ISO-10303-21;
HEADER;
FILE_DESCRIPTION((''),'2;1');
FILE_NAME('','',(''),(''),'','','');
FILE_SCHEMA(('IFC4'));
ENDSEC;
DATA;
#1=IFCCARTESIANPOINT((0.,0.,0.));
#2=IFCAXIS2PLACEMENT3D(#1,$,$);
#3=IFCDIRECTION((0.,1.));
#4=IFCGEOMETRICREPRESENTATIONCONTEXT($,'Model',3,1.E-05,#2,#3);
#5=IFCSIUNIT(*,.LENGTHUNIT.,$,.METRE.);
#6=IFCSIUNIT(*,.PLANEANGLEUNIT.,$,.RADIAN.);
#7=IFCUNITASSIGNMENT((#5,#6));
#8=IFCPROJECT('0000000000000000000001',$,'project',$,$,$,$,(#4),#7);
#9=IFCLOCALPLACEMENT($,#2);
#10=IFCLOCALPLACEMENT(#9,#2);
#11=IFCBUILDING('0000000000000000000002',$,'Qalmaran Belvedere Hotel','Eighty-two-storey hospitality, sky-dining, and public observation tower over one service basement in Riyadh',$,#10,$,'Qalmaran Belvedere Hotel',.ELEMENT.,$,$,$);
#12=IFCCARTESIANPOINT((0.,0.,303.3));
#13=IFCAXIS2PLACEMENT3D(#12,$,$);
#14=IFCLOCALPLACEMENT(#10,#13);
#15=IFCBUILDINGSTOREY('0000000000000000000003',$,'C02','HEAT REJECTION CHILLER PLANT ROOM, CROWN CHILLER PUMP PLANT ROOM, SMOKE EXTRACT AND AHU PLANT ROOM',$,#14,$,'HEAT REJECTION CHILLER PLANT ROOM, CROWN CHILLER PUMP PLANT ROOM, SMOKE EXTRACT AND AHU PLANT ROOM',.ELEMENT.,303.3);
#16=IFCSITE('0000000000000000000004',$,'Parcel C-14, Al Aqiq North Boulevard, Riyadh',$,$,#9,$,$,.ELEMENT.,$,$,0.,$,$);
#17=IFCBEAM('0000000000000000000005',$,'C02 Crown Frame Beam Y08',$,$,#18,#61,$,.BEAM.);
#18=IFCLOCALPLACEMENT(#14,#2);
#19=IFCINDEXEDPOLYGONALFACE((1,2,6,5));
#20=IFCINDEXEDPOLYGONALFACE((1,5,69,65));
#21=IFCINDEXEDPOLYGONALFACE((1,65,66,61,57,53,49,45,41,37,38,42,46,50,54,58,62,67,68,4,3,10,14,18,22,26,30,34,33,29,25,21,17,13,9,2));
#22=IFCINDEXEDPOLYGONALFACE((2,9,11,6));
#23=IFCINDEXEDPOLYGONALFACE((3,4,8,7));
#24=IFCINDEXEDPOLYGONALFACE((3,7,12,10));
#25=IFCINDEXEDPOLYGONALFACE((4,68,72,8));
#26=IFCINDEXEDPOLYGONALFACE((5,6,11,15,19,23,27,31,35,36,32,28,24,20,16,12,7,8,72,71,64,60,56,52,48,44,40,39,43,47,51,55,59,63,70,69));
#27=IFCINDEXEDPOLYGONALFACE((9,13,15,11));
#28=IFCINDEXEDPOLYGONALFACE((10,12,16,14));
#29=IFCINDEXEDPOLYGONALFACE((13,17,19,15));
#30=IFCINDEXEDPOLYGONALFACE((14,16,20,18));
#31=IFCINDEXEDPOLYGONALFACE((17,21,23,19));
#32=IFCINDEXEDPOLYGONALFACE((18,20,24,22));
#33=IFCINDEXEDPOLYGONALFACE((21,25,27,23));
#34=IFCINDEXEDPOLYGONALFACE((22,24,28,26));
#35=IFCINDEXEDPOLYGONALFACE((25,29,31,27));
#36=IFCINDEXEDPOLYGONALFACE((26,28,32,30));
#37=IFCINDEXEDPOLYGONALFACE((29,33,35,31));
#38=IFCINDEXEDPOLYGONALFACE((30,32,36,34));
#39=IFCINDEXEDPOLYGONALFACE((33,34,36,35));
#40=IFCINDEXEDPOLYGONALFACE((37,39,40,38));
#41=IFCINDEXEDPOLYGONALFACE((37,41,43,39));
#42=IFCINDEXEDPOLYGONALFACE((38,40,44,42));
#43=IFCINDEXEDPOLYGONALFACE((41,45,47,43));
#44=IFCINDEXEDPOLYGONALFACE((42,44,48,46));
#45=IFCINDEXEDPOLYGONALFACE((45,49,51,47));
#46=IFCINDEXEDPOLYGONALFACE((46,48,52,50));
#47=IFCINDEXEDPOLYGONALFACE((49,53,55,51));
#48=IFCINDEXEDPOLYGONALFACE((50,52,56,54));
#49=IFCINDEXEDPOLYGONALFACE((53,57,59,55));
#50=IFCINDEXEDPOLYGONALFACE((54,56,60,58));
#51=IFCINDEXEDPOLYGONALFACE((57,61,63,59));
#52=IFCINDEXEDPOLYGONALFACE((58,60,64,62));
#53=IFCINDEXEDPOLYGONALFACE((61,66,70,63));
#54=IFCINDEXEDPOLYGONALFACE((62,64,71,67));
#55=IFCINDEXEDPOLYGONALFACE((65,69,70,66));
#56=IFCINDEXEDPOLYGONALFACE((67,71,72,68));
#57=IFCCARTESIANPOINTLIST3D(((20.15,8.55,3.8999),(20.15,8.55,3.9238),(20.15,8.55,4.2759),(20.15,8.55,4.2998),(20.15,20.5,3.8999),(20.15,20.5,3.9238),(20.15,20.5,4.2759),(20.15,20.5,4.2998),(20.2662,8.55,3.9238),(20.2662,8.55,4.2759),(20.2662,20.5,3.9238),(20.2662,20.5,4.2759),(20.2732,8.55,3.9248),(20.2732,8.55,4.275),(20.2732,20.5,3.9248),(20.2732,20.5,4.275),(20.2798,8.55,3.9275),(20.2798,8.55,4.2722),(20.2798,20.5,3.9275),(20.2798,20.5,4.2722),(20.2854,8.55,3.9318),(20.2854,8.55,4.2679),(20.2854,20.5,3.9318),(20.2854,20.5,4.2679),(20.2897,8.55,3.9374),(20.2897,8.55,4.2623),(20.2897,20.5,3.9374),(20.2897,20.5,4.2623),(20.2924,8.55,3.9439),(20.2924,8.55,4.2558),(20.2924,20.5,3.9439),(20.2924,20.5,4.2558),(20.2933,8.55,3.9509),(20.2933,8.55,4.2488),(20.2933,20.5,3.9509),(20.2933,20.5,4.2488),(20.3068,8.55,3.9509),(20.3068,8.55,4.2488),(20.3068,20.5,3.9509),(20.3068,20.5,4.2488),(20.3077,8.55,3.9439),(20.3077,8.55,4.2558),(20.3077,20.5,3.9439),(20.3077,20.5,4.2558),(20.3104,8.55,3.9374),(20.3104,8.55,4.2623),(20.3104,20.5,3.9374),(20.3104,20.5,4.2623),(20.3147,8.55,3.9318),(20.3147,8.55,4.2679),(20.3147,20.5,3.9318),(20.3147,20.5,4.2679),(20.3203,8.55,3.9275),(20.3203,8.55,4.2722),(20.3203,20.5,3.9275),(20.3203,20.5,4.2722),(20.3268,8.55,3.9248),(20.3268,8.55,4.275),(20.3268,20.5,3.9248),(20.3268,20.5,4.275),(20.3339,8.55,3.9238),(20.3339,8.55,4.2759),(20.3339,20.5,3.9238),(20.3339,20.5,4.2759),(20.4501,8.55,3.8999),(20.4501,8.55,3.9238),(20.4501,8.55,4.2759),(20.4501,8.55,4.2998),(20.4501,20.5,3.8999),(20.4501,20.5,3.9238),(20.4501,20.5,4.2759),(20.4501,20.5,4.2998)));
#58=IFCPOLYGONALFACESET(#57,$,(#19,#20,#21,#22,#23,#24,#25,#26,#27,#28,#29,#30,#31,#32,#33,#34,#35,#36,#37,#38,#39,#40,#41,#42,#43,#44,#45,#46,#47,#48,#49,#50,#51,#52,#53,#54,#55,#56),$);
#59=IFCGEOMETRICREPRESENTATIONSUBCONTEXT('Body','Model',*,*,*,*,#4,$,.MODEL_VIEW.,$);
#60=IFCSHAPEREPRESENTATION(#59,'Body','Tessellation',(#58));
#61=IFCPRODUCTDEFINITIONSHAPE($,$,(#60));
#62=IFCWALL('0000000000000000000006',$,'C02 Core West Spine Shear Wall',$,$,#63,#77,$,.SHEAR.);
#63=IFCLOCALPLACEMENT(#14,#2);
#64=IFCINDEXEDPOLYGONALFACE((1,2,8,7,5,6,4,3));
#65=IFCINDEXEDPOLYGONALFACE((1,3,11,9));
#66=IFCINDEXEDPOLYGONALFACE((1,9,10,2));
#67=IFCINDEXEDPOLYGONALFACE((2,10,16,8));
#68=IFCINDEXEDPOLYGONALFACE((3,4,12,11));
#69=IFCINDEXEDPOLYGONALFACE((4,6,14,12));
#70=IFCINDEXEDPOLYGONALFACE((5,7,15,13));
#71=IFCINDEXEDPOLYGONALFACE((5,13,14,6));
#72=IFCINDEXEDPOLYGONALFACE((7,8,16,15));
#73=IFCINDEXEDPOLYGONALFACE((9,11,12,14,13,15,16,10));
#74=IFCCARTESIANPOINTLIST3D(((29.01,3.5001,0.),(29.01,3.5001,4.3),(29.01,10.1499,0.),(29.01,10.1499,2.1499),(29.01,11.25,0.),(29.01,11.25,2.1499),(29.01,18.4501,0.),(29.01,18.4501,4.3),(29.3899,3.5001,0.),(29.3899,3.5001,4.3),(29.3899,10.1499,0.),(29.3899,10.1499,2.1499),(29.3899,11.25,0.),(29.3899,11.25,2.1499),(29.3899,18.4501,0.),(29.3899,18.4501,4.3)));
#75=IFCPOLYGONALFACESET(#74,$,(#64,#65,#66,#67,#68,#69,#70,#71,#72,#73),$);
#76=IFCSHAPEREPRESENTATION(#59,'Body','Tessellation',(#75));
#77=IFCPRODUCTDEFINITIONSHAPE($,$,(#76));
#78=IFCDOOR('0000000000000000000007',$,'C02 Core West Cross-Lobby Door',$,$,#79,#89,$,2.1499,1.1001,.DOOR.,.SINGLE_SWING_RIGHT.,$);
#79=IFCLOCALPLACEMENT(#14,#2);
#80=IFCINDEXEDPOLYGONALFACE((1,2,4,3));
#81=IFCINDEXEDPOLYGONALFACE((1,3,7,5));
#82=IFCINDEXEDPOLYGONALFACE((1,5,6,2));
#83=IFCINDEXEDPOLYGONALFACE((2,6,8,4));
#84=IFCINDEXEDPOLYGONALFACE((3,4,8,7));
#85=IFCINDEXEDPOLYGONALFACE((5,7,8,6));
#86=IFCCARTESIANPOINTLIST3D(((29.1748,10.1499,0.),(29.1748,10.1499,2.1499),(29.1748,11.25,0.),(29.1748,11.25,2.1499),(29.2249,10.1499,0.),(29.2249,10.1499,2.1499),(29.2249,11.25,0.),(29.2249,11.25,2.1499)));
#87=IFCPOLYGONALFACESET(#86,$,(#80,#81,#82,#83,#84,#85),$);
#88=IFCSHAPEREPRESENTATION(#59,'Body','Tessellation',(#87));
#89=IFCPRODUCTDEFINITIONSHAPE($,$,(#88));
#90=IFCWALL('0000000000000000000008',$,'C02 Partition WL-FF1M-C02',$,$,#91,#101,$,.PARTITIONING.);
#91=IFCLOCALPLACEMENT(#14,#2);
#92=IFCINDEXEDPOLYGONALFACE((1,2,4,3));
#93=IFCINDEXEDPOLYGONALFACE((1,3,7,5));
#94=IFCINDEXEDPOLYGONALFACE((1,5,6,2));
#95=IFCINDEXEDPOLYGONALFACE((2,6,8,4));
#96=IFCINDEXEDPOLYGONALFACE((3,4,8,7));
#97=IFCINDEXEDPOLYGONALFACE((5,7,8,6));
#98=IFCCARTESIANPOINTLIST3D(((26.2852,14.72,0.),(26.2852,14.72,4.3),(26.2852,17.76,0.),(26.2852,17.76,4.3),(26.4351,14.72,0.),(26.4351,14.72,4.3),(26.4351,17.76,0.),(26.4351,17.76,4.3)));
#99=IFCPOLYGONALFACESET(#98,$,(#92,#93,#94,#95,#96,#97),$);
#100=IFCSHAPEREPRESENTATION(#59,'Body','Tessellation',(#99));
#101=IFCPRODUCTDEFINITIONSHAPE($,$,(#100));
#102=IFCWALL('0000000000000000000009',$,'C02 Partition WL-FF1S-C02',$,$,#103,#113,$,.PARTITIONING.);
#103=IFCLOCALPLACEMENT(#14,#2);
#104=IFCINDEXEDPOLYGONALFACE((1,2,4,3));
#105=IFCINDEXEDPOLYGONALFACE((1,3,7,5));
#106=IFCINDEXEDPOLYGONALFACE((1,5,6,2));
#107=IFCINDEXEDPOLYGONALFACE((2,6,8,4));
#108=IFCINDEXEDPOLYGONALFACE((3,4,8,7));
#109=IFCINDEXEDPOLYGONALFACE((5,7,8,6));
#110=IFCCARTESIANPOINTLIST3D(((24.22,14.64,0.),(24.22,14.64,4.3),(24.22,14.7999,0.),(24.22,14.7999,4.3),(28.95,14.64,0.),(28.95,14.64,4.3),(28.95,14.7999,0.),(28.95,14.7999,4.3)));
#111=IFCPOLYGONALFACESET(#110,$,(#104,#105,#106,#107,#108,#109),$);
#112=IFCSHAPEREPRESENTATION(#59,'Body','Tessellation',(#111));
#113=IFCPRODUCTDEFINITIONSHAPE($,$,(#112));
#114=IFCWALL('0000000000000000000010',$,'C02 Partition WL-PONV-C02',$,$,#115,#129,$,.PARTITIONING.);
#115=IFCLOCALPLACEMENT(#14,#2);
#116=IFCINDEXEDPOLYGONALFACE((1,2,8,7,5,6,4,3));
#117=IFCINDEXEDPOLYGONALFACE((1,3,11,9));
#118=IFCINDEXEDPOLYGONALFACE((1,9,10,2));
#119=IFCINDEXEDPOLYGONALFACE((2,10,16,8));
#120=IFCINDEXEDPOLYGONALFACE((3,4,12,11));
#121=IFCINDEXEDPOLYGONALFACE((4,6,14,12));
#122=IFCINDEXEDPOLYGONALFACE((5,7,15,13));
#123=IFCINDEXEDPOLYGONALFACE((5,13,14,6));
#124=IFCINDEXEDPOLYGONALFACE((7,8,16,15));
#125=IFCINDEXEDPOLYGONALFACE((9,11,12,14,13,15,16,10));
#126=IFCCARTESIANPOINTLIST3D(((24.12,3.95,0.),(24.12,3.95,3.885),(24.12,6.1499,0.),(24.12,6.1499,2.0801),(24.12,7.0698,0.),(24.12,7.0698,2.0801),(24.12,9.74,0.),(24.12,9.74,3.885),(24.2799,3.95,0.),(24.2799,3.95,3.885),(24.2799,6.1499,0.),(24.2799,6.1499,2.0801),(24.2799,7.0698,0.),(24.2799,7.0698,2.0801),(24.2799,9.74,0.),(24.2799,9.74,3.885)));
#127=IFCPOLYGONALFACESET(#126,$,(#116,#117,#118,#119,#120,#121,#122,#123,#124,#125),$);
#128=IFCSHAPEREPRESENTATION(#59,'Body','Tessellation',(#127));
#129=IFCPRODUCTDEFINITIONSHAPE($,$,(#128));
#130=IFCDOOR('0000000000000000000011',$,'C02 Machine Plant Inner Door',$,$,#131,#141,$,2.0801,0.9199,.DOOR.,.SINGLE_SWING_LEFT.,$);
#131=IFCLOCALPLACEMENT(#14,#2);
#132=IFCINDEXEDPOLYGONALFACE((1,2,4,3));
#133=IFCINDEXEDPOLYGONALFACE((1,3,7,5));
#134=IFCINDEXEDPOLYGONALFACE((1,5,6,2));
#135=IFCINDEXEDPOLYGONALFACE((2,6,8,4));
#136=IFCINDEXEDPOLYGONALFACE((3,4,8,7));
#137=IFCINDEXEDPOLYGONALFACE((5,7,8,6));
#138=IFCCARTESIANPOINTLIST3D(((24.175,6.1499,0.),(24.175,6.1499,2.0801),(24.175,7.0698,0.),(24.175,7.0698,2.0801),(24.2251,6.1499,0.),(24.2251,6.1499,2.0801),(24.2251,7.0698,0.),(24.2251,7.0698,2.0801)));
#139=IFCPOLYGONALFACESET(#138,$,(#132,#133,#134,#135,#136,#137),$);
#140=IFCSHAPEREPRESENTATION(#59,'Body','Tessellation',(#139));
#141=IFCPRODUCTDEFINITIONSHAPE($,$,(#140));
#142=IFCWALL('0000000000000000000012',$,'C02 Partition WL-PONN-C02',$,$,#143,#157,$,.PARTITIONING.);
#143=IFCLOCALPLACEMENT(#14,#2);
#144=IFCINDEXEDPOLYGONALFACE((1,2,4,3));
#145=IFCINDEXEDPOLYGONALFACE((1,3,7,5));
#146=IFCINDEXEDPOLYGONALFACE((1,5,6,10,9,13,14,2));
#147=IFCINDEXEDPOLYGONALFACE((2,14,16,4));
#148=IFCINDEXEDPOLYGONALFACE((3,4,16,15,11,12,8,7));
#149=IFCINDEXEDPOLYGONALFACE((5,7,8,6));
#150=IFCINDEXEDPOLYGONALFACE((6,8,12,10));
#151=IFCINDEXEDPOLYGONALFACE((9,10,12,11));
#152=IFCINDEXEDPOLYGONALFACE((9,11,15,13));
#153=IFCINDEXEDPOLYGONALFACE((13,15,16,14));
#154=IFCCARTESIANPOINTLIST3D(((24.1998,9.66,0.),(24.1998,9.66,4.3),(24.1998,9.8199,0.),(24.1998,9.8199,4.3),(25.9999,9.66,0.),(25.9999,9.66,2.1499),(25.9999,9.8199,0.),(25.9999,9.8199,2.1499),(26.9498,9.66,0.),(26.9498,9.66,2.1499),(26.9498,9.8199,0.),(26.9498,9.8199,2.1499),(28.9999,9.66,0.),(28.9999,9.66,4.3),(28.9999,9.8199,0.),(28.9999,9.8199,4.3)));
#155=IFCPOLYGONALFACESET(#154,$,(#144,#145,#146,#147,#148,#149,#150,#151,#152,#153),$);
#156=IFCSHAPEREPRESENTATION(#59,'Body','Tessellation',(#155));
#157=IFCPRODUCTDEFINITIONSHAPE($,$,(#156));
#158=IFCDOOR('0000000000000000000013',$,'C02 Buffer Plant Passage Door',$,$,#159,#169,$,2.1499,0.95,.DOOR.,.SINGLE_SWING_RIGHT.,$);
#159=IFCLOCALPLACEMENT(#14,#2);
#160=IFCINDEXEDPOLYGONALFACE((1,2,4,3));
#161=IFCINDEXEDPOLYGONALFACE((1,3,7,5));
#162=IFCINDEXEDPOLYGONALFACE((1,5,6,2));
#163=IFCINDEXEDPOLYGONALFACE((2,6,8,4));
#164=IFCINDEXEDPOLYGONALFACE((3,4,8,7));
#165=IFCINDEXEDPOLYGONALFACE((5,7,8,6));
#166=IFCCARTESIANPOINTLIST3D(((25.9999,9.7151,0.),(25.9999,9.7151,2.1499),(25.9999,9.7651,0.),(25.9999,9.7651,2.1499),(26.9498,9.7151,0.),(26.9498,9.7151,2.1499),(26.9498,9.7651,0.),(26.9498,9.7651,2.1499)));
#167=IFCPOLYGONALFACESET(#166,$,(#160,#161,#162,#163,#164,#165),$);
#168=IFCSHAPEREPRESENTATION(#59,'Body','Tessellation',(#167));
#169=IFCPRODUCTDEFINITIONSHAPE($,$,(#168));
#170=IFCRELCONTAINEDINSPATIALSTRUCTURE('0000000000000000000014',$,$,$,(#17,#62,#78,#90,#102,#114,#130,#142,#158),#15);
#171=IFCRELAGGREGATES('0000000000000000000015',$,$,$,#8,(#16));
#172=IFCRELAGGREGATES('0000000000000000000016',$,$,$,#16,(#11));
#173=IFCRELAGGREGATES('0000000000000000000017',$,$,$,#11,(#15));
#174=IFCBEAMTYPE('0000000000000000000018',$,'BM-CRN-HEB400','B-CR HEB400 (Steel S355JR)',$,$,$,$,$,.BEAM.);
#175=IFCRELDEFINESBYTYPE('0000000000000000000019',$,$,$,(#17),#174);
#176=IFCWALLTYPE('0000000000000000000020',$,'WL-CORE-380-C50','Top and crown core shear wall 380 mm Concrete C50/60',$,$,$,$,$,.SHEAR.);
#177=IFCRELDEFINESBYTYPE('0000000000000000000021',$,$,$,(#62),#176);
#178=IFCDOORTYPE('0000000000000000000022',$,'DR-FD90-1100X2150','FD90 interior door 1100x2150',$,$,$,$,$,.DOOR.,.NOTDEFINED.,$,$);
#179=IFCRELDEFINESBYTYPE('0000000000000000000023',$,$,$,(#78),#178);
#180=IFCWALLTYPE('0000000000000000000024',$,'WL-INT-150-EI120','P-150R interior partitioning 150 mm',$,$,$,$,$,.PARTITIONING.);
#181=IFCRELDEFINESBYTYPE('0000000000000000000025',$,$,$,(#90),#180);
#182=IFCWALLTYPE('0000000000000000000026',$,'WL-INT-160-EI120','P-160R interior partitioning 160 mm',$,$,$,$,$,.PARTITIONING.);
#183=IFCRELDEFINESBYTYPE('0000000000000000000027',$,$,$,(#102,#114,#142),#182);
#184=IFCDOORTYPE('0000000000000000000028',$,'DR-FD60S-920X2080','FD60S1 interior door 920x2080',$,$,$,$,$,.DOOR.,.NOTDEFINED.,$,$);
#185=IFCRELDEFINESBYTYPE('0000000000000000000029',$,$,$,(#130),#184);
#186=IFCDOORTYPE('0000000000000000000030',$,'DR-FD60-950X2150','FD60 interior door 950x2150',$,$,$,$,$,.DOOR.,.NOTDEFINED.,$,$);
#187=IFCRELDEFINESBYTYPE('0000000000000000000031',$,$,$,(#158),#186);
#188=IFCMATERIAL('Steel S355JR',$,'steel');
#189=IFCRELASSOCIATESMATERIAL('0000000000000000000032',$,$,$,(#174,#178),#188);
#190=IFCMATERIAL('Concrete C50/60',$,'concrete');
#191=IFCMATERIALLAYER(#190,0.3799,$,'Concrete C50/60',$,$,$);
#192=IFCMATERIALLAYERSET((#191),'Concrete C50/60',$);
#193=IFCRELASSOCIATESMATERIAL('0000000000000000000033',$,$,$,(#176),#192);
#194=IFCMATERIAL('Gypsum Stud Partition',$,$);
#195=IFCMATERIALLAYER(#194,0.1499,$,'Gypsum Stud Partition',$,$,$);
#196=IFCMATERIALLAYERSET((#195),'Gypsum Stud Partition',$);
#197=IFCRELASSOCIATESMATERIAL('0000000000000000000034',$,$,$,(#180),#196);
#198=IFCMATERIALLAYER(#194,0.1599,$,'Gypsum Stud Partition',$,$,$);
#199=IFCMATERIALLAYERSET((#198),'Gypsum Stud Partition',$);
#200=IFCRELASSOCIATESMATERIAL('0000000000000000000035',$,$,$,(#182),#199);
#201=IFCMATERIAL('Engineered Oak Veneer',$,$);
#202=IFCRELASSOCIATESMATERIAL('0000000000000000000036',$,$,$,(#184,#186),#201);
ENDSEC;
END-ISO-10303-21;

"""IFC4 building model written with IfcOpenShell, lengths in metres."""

from ifc_helpers import new_model, si_unit, direction, frame, frame_2d, origin, origin_2d, place, context, subcontext, project, spatial, rectangle, i_section, extrude, material, layer, layer_set, material_profile, profile_set, type_object, element, fill, save


model = new_model("IFC4")

# Units and contexts
model_context = context("Model", 3, precision=1e-05, world=origin(), true_north=direction((0.0, 1.0)))
body_context = subcontext(model_context, "Body", "Model", "MODEL_VIEW")
ifc_project = project(units=[si_unit("LENGTHUNIT", "METRE"), si_unit("PLANEANGLEUNIT", "RADIAN")], contexts=[model_context])

# Site, building, storey
site_placement = place(None, origin())
site = spatial("IfcSite", under=ifc_project, at=site_placement, Name="Parcel C-14, Al Aqiq North Boulevard, Riyadh", CompositionType="ELEMENT", RefElevation=0.0)
building_placement = place(site_placement, origin())
building = spatial("IfcBuilding", under=site, at=building_placement, Name="Qalmaran Belvedere Hotel", Description="Eighty-two-storey hospitality, sky-dining, and public observation tower over one service basement in Riyadh", LongName="Qalmaran Belvedere Hotel", CompositionType="ELEMENT")
storey_placement = place(building_placement, frame((0.0, 0.0, 303.3)))
storey = spatial("IfcBuildingStorey", under=building, at=storey_placement, Name="C02", Description="HEAT REJECTION CHILLER PLANT ROOM, CROWN CHILLER PUMP PLANT ROOM, SMOKE EXTRACT AND AHU PLANT ROOM", LongName="HEAT REJECTION CHILLER PLANT ROOM, CROWN CHILLER PUMP PLANT ROOM, SMOKE EXTRACT AND AHU PLANT ROOM", CompositionType="ELEMENT", Elevation=303.3)

# Beam
ifc_material_1 = material(Name="Steel S355JR", Category="steel")
ifc_material_profile = material_profile(ifc_material_1, i_section(OverallWidth=0.3, OverallDepth=0.3999, WebThickness=0.0134, FlangeThickness=0.0239, FilletRadius=0.0271, at=origin_2d()), Name="HEB400")
ifc_profile_set = profile_set([ifc_material_profile], Name="Steel S355JR")
beam_type = type_object("IfcBeamType", Name="BM-CRN-HEB400", Description="B-CR HEB400 (Steel S355JR)", PredefinedType="BEAM", material=ifc_profile_set)
beam_placement = place(storey_placement, frame((20.3, 8.55, 4.0999), z_axis=(0.0, 1.0, 0.0), x_axis=(-1.0, 0.0, 0.0)))
element("IfcBeam", 1, at=beam_placement, inside=storey, type_object=beam_type, Name="C02 Crown Frame Beam Y08", PredefinedType="BEAM", context=body_context, shape_type="SweptSolid", body=[
    extrude(i_section(OverallWidth=0.3, OverallDepth=0.3999, WebThickness=0.0134, FlangeThickness=0.0239, FilletRadius=0.0271, at=origin_2d()), origin(), (0.0, 0.0, 1.0), 11.95),
])

# Wall, opening, door
ifc_material_2 = material(Name="Concrete C50/60", Category="concrete")
ifc_layer_1 = layer(ifc_material_2, 0.3799, Name="Concrete C50/60")
ifc_layer_set_1 = layer_set([ifc_layer_1], Name="Concrete C50/60")
wall_type_1 = type_object("IfcWallType", Name="WL-CORE-380-C50", Description="Top and crown core shear wall 380 mm Concrete C50/60", PredefinedType="SHEAR", material=ifc_layer_set_1)
wall_1_placement = place(storey_placement, frame((29.2, 3.5, 0.0), z_axis=(0.0, 0.0, 1.0), x_axis=(0.0, 1.0, 0.0)))
wall_1 = element("IfcWall", 2, at=wall_1_placement, inside=storey, type_object=wall_type_1, Name="C02 Core West Spine Shear Wall", PredefinedType="SHEAR", context=body_context, shape_type="SweptSolid", body=[
    extrude(rectangle(XDim=14.95, YDim=0.3799, at=frame_2d((7.4751, 0.0))), origin(), (0.0, 0.0, 1.0), 4.3),
])
opening_1_placement = place(wall_1_placement, frame((7.75, 0.0, 0.0), z_axis=(0.0, 0.0, 1.0), x_axis=(-1.0, 0.0, 0.0)))
opening_1 = element("IfcOpeningElement", 3, at=opening_1_placement, cuts=wall_1, PredefinedType="OPENING", context=body_context, shape_type="SweptSolid", body=[
    extrude(rectangle(XDim=1.1001, YDim=2.1499, at=frame_2d((0.55, 1.075))), frame((0.0, 0.2, 0.0), z_axis=(0.0, -1.0, 0.0), x_axis=(1.0, 0.0, 0.0)), (0.0, 0.0, 1.0), 0.3999),
])
door_type_1 = type_object("IfcDoorType", Name="DR-FD90-1100X2150", Description="FD90 interior door 1100x2150", OperationType="NOTDEFINED", PredefinedType="DOOR", material=ifc_material_1)
door_1_placement = place(opening_1_placement, origin())
door_1 = element("IfcDoor", 4, at=door_1_placement, inside=storey, type_object=door_type_1, Name="C02 Core West Cross-Lobby Door", OperationType="SINGLE_SWING_RIGHT", OverallHeight=2.1499, OverallWidth=1.1001, PredefinedType="DOOR", context=body_context, shape_type="SweptSolid", body=[
    extrude(rectangle(XDim=1.1001, YDim=2.1499, at=frame_2d((0.55, 1.075))), frame((0.0, 0.0249, 0.0), z_axis=(0.0, -1.0, 0.0), x_axis=(1.0, 0.0, 0.0)), (0.0, 0.0, 1.0), 0.05),
])
fill(opening_1, door_1)

# Walls
ifc_material_3 = material(Name="Gypsum Stud Partition")
ifc_layer_2 = layer(ifc_material_3, 0.1499, Name="Gypsum Stud Partition")
ifc_layer_set_2 = layer_set([ifc_layer_2], Name="Gypsum Stud Partition")
wall_type_2 = type_object("IfcWallType", Name="WL-INT-150-EI120", Description="P-150R interior partitioning 150 mm", PredefinedType="PARTITIONING", material=ifc_layer_set_2)
wall_2_placement = place(storey_placement, frame((26.3601, 14.72, 0.0), z_axis=(0.0, 0.0, 1.0), x_axis=(0.0, 1.0, 0.0)))
element("IfcWall", 5, at=wall_2_placement, inside=storey, type_object=wall_type_2, Name="C02 Partition WL-FF1M-C02", PredefinedType="PARTITIONING", context=body_context, shape_type="SweptSolid", body=[
    extrude(rectangle(XDim=3.04, YDim=0.1499, at=frame_2d((1.52, 0.0))), origin(), (0.0, 0.0, 1.0), 4.3),
])
ifc_layer_3 = layer(ifc_material_3, 0.1599, Name="Gypsum Stud Partition")
ifc_layer_set_3 = layer_set([ifc_layer_3], Name="Gypsum Stud Partition")
wall_type_3 = type_object("IfcWallType", Name="WL-INT-160-EI120", Description="P-160R interior partitioning 160 mm", PredefinedType="PARTITIONING", material=ifc_layer_set_3)
wall_3_placement = place(storey_placement, frame((24.22, 14.72, 0.0), z_axis=(0.0, 0.0, 1.0), x_axis=(1.0, 0.0, 0.0)))
element("IfcWall", 6, at=wall_3_placement, inside=storey, type_object=wall_type_3, Name="C02 Partition WL-FF1S-C02", PredefinedType="PARTITIONING", context=body_context, shape_type="SweptSolid", body=[
    extrude(rectangle(XDim=4.73, YDim=0.1599, at=frame_2d((2.365, 0.0))), origin(), (0.0, 0.0, 1.0), 4.3),
])

# Walls, openings, doors
wall_4_placement = place(storey_placement, frame((24.2, 3.95, 0.0), z_axis=(0.0, 0.0, 1.0), x_axis=(0.0, 1.0, 0.0)))
wall_4 = element("IfcWall", 7, at=wall_4_placement, inside=storey, type_object=wall_type_3, Name="C02 Partition WL-PONV-C02", PredefinedType="PARTITIONING", context=body_context, shape_type="SweptSolid", body=[
    extrude(rectangle(XDim=5.79, YDim=0.1599, at=frame_2d((2.895, 0.0))), origin(), (0.0, 0.0, 1.0), 3.885),
])
opening_2_placement = place(wall_4_placement, frame((2.2, 0.0, 0.0)))
opening_2 = element("IfcOpeningElement", 8, at=opening_2_placement, cuts=wall_4, PredefinedType="OPENING", context=body_context, shape_type="SweptSolid", body=[
    extrude(rectangle(XDim=0.9199, YDim=2.0801, at=frame_2d((0.46, 1.04))), frame((0.0, 0.0898, 0.0), z_axis=(0.0, -1.0, 0.0), x_axis=(1.0, 0.0, 0.0)), (0.0, 0.0, 1.0), 0.1799),
])
ifc_material_4 = material(Name="Engineered Oak Veneer")
door_type_2 = type_object("IfcDoorType", Name="DR-FD60S-920X2080", Description="FD60S1 interior door 920x2080", OperationType="NOTDEFINED", PredefinedType="DOOR", material=ifc_material_4)
door_2_placement = place(opening_2_placement, origin())
door_2 = element("IfcDoor", 9, at=door_2_placement, inside=storey, type_object=door_type_2, Name="C02 Machine Plant Inner Door", OperationType="SINGLE_SWING_LEFT", OverallHeight=2.0801, OverallWidth=0.9199, PredefinedType="DOOR", context=body_context, shape_type="SweptSolid", body=[
    extrude(rectangle(XDim=0.9199, YDim=2.0801, at=frame_2d((0.46, 1.04))), frame((0.0, 0.0249, 0.0), z_axis=(0.0, -1.0, 0.0), x_axis=(1.0, 0.0, 0.0)), (0.0, 0.0, 1.0), 0.05),
])
fill(opening_2, door_2)
wall_5_placement = place(storey_placement, frame((24.2, 9.74, 0.0), z_axis=(0.0, 0.0, 1.0), x_axis=(1.0, 0.0, 0.0)))
wall_5 = element("IfcWall", 10, at=wall_5_placement, inside=storey, type_object=wall_type_3, Name="C02 Partition WL-PONN-C02", PredefinedType="PARTITIONING", context=body_context, shape_type="SweptSolid", body=[
    extrude(rectangle(XDim=4.8, YDim=0.1599, at=frame_2d((2.3999, 0.0))), origin(), (0.0, 0.0, 1.0), 4.3),
])
opening_3_placement = place(wall_5_placement, frame((2.75, 0.0, 0.0), z_axis=(0.0, 0.0, 1.0), x_axis=(-1.0, 0.0, 0.0)))
opening_3 = element("IfcOpeningElement", 11, at=opening_3_placement, cuts=wall_5, PredefinedType="OPENING", context=body_context, shape_type="SweptSolid", body=[
    extrude(rectangle(XDim=0.95, YDim=2.1499, at=frame_2d((0.4751, 1.075))), frame((0.0, 0.0898, 0.0), z_axis=(0.0, -1.0, 0.0), x_axis=(1.0, 0.0, 0.0)), (0.0, 0.0, 1.0), 0.1799),
])
door_type_3 = type_object("IfcDoorType", Name="DR-FD60-950X2150", Description="FD60 interior door 950x2150", OperationType="NOTDEFINED", PredefinedType="DOOR", material=ifc_material_4)
door_3_placement = place(opening_3_placement, origin())
door_3 = element("IfcDoor", 12, at=door_3_placement, inside=storey, type_object=door_type_3, Name="C02 Buffer Plant Passage Door", OperationType="SINGLE_SWING_RIGHT", OverallHeight=2.1499, OverallWidth=0.95, PredefinedType="DOOR", context=body_context, shape_type="SweptSolid", body=[
    extrude(rectangle(XDim=0.95, YDim=2.1499, at=frame_2d((0.4751, 1.075))), frame((0.0, 0.0249, 0.0), z_axis=(0.0, -1.0, 0.0), x_axis=(1.0, 0.0, 0.0)), (0.0, 0.0, 1.0), 0.05),
])
fill(opening_3, door_3)

save(model, "model.ifc")
